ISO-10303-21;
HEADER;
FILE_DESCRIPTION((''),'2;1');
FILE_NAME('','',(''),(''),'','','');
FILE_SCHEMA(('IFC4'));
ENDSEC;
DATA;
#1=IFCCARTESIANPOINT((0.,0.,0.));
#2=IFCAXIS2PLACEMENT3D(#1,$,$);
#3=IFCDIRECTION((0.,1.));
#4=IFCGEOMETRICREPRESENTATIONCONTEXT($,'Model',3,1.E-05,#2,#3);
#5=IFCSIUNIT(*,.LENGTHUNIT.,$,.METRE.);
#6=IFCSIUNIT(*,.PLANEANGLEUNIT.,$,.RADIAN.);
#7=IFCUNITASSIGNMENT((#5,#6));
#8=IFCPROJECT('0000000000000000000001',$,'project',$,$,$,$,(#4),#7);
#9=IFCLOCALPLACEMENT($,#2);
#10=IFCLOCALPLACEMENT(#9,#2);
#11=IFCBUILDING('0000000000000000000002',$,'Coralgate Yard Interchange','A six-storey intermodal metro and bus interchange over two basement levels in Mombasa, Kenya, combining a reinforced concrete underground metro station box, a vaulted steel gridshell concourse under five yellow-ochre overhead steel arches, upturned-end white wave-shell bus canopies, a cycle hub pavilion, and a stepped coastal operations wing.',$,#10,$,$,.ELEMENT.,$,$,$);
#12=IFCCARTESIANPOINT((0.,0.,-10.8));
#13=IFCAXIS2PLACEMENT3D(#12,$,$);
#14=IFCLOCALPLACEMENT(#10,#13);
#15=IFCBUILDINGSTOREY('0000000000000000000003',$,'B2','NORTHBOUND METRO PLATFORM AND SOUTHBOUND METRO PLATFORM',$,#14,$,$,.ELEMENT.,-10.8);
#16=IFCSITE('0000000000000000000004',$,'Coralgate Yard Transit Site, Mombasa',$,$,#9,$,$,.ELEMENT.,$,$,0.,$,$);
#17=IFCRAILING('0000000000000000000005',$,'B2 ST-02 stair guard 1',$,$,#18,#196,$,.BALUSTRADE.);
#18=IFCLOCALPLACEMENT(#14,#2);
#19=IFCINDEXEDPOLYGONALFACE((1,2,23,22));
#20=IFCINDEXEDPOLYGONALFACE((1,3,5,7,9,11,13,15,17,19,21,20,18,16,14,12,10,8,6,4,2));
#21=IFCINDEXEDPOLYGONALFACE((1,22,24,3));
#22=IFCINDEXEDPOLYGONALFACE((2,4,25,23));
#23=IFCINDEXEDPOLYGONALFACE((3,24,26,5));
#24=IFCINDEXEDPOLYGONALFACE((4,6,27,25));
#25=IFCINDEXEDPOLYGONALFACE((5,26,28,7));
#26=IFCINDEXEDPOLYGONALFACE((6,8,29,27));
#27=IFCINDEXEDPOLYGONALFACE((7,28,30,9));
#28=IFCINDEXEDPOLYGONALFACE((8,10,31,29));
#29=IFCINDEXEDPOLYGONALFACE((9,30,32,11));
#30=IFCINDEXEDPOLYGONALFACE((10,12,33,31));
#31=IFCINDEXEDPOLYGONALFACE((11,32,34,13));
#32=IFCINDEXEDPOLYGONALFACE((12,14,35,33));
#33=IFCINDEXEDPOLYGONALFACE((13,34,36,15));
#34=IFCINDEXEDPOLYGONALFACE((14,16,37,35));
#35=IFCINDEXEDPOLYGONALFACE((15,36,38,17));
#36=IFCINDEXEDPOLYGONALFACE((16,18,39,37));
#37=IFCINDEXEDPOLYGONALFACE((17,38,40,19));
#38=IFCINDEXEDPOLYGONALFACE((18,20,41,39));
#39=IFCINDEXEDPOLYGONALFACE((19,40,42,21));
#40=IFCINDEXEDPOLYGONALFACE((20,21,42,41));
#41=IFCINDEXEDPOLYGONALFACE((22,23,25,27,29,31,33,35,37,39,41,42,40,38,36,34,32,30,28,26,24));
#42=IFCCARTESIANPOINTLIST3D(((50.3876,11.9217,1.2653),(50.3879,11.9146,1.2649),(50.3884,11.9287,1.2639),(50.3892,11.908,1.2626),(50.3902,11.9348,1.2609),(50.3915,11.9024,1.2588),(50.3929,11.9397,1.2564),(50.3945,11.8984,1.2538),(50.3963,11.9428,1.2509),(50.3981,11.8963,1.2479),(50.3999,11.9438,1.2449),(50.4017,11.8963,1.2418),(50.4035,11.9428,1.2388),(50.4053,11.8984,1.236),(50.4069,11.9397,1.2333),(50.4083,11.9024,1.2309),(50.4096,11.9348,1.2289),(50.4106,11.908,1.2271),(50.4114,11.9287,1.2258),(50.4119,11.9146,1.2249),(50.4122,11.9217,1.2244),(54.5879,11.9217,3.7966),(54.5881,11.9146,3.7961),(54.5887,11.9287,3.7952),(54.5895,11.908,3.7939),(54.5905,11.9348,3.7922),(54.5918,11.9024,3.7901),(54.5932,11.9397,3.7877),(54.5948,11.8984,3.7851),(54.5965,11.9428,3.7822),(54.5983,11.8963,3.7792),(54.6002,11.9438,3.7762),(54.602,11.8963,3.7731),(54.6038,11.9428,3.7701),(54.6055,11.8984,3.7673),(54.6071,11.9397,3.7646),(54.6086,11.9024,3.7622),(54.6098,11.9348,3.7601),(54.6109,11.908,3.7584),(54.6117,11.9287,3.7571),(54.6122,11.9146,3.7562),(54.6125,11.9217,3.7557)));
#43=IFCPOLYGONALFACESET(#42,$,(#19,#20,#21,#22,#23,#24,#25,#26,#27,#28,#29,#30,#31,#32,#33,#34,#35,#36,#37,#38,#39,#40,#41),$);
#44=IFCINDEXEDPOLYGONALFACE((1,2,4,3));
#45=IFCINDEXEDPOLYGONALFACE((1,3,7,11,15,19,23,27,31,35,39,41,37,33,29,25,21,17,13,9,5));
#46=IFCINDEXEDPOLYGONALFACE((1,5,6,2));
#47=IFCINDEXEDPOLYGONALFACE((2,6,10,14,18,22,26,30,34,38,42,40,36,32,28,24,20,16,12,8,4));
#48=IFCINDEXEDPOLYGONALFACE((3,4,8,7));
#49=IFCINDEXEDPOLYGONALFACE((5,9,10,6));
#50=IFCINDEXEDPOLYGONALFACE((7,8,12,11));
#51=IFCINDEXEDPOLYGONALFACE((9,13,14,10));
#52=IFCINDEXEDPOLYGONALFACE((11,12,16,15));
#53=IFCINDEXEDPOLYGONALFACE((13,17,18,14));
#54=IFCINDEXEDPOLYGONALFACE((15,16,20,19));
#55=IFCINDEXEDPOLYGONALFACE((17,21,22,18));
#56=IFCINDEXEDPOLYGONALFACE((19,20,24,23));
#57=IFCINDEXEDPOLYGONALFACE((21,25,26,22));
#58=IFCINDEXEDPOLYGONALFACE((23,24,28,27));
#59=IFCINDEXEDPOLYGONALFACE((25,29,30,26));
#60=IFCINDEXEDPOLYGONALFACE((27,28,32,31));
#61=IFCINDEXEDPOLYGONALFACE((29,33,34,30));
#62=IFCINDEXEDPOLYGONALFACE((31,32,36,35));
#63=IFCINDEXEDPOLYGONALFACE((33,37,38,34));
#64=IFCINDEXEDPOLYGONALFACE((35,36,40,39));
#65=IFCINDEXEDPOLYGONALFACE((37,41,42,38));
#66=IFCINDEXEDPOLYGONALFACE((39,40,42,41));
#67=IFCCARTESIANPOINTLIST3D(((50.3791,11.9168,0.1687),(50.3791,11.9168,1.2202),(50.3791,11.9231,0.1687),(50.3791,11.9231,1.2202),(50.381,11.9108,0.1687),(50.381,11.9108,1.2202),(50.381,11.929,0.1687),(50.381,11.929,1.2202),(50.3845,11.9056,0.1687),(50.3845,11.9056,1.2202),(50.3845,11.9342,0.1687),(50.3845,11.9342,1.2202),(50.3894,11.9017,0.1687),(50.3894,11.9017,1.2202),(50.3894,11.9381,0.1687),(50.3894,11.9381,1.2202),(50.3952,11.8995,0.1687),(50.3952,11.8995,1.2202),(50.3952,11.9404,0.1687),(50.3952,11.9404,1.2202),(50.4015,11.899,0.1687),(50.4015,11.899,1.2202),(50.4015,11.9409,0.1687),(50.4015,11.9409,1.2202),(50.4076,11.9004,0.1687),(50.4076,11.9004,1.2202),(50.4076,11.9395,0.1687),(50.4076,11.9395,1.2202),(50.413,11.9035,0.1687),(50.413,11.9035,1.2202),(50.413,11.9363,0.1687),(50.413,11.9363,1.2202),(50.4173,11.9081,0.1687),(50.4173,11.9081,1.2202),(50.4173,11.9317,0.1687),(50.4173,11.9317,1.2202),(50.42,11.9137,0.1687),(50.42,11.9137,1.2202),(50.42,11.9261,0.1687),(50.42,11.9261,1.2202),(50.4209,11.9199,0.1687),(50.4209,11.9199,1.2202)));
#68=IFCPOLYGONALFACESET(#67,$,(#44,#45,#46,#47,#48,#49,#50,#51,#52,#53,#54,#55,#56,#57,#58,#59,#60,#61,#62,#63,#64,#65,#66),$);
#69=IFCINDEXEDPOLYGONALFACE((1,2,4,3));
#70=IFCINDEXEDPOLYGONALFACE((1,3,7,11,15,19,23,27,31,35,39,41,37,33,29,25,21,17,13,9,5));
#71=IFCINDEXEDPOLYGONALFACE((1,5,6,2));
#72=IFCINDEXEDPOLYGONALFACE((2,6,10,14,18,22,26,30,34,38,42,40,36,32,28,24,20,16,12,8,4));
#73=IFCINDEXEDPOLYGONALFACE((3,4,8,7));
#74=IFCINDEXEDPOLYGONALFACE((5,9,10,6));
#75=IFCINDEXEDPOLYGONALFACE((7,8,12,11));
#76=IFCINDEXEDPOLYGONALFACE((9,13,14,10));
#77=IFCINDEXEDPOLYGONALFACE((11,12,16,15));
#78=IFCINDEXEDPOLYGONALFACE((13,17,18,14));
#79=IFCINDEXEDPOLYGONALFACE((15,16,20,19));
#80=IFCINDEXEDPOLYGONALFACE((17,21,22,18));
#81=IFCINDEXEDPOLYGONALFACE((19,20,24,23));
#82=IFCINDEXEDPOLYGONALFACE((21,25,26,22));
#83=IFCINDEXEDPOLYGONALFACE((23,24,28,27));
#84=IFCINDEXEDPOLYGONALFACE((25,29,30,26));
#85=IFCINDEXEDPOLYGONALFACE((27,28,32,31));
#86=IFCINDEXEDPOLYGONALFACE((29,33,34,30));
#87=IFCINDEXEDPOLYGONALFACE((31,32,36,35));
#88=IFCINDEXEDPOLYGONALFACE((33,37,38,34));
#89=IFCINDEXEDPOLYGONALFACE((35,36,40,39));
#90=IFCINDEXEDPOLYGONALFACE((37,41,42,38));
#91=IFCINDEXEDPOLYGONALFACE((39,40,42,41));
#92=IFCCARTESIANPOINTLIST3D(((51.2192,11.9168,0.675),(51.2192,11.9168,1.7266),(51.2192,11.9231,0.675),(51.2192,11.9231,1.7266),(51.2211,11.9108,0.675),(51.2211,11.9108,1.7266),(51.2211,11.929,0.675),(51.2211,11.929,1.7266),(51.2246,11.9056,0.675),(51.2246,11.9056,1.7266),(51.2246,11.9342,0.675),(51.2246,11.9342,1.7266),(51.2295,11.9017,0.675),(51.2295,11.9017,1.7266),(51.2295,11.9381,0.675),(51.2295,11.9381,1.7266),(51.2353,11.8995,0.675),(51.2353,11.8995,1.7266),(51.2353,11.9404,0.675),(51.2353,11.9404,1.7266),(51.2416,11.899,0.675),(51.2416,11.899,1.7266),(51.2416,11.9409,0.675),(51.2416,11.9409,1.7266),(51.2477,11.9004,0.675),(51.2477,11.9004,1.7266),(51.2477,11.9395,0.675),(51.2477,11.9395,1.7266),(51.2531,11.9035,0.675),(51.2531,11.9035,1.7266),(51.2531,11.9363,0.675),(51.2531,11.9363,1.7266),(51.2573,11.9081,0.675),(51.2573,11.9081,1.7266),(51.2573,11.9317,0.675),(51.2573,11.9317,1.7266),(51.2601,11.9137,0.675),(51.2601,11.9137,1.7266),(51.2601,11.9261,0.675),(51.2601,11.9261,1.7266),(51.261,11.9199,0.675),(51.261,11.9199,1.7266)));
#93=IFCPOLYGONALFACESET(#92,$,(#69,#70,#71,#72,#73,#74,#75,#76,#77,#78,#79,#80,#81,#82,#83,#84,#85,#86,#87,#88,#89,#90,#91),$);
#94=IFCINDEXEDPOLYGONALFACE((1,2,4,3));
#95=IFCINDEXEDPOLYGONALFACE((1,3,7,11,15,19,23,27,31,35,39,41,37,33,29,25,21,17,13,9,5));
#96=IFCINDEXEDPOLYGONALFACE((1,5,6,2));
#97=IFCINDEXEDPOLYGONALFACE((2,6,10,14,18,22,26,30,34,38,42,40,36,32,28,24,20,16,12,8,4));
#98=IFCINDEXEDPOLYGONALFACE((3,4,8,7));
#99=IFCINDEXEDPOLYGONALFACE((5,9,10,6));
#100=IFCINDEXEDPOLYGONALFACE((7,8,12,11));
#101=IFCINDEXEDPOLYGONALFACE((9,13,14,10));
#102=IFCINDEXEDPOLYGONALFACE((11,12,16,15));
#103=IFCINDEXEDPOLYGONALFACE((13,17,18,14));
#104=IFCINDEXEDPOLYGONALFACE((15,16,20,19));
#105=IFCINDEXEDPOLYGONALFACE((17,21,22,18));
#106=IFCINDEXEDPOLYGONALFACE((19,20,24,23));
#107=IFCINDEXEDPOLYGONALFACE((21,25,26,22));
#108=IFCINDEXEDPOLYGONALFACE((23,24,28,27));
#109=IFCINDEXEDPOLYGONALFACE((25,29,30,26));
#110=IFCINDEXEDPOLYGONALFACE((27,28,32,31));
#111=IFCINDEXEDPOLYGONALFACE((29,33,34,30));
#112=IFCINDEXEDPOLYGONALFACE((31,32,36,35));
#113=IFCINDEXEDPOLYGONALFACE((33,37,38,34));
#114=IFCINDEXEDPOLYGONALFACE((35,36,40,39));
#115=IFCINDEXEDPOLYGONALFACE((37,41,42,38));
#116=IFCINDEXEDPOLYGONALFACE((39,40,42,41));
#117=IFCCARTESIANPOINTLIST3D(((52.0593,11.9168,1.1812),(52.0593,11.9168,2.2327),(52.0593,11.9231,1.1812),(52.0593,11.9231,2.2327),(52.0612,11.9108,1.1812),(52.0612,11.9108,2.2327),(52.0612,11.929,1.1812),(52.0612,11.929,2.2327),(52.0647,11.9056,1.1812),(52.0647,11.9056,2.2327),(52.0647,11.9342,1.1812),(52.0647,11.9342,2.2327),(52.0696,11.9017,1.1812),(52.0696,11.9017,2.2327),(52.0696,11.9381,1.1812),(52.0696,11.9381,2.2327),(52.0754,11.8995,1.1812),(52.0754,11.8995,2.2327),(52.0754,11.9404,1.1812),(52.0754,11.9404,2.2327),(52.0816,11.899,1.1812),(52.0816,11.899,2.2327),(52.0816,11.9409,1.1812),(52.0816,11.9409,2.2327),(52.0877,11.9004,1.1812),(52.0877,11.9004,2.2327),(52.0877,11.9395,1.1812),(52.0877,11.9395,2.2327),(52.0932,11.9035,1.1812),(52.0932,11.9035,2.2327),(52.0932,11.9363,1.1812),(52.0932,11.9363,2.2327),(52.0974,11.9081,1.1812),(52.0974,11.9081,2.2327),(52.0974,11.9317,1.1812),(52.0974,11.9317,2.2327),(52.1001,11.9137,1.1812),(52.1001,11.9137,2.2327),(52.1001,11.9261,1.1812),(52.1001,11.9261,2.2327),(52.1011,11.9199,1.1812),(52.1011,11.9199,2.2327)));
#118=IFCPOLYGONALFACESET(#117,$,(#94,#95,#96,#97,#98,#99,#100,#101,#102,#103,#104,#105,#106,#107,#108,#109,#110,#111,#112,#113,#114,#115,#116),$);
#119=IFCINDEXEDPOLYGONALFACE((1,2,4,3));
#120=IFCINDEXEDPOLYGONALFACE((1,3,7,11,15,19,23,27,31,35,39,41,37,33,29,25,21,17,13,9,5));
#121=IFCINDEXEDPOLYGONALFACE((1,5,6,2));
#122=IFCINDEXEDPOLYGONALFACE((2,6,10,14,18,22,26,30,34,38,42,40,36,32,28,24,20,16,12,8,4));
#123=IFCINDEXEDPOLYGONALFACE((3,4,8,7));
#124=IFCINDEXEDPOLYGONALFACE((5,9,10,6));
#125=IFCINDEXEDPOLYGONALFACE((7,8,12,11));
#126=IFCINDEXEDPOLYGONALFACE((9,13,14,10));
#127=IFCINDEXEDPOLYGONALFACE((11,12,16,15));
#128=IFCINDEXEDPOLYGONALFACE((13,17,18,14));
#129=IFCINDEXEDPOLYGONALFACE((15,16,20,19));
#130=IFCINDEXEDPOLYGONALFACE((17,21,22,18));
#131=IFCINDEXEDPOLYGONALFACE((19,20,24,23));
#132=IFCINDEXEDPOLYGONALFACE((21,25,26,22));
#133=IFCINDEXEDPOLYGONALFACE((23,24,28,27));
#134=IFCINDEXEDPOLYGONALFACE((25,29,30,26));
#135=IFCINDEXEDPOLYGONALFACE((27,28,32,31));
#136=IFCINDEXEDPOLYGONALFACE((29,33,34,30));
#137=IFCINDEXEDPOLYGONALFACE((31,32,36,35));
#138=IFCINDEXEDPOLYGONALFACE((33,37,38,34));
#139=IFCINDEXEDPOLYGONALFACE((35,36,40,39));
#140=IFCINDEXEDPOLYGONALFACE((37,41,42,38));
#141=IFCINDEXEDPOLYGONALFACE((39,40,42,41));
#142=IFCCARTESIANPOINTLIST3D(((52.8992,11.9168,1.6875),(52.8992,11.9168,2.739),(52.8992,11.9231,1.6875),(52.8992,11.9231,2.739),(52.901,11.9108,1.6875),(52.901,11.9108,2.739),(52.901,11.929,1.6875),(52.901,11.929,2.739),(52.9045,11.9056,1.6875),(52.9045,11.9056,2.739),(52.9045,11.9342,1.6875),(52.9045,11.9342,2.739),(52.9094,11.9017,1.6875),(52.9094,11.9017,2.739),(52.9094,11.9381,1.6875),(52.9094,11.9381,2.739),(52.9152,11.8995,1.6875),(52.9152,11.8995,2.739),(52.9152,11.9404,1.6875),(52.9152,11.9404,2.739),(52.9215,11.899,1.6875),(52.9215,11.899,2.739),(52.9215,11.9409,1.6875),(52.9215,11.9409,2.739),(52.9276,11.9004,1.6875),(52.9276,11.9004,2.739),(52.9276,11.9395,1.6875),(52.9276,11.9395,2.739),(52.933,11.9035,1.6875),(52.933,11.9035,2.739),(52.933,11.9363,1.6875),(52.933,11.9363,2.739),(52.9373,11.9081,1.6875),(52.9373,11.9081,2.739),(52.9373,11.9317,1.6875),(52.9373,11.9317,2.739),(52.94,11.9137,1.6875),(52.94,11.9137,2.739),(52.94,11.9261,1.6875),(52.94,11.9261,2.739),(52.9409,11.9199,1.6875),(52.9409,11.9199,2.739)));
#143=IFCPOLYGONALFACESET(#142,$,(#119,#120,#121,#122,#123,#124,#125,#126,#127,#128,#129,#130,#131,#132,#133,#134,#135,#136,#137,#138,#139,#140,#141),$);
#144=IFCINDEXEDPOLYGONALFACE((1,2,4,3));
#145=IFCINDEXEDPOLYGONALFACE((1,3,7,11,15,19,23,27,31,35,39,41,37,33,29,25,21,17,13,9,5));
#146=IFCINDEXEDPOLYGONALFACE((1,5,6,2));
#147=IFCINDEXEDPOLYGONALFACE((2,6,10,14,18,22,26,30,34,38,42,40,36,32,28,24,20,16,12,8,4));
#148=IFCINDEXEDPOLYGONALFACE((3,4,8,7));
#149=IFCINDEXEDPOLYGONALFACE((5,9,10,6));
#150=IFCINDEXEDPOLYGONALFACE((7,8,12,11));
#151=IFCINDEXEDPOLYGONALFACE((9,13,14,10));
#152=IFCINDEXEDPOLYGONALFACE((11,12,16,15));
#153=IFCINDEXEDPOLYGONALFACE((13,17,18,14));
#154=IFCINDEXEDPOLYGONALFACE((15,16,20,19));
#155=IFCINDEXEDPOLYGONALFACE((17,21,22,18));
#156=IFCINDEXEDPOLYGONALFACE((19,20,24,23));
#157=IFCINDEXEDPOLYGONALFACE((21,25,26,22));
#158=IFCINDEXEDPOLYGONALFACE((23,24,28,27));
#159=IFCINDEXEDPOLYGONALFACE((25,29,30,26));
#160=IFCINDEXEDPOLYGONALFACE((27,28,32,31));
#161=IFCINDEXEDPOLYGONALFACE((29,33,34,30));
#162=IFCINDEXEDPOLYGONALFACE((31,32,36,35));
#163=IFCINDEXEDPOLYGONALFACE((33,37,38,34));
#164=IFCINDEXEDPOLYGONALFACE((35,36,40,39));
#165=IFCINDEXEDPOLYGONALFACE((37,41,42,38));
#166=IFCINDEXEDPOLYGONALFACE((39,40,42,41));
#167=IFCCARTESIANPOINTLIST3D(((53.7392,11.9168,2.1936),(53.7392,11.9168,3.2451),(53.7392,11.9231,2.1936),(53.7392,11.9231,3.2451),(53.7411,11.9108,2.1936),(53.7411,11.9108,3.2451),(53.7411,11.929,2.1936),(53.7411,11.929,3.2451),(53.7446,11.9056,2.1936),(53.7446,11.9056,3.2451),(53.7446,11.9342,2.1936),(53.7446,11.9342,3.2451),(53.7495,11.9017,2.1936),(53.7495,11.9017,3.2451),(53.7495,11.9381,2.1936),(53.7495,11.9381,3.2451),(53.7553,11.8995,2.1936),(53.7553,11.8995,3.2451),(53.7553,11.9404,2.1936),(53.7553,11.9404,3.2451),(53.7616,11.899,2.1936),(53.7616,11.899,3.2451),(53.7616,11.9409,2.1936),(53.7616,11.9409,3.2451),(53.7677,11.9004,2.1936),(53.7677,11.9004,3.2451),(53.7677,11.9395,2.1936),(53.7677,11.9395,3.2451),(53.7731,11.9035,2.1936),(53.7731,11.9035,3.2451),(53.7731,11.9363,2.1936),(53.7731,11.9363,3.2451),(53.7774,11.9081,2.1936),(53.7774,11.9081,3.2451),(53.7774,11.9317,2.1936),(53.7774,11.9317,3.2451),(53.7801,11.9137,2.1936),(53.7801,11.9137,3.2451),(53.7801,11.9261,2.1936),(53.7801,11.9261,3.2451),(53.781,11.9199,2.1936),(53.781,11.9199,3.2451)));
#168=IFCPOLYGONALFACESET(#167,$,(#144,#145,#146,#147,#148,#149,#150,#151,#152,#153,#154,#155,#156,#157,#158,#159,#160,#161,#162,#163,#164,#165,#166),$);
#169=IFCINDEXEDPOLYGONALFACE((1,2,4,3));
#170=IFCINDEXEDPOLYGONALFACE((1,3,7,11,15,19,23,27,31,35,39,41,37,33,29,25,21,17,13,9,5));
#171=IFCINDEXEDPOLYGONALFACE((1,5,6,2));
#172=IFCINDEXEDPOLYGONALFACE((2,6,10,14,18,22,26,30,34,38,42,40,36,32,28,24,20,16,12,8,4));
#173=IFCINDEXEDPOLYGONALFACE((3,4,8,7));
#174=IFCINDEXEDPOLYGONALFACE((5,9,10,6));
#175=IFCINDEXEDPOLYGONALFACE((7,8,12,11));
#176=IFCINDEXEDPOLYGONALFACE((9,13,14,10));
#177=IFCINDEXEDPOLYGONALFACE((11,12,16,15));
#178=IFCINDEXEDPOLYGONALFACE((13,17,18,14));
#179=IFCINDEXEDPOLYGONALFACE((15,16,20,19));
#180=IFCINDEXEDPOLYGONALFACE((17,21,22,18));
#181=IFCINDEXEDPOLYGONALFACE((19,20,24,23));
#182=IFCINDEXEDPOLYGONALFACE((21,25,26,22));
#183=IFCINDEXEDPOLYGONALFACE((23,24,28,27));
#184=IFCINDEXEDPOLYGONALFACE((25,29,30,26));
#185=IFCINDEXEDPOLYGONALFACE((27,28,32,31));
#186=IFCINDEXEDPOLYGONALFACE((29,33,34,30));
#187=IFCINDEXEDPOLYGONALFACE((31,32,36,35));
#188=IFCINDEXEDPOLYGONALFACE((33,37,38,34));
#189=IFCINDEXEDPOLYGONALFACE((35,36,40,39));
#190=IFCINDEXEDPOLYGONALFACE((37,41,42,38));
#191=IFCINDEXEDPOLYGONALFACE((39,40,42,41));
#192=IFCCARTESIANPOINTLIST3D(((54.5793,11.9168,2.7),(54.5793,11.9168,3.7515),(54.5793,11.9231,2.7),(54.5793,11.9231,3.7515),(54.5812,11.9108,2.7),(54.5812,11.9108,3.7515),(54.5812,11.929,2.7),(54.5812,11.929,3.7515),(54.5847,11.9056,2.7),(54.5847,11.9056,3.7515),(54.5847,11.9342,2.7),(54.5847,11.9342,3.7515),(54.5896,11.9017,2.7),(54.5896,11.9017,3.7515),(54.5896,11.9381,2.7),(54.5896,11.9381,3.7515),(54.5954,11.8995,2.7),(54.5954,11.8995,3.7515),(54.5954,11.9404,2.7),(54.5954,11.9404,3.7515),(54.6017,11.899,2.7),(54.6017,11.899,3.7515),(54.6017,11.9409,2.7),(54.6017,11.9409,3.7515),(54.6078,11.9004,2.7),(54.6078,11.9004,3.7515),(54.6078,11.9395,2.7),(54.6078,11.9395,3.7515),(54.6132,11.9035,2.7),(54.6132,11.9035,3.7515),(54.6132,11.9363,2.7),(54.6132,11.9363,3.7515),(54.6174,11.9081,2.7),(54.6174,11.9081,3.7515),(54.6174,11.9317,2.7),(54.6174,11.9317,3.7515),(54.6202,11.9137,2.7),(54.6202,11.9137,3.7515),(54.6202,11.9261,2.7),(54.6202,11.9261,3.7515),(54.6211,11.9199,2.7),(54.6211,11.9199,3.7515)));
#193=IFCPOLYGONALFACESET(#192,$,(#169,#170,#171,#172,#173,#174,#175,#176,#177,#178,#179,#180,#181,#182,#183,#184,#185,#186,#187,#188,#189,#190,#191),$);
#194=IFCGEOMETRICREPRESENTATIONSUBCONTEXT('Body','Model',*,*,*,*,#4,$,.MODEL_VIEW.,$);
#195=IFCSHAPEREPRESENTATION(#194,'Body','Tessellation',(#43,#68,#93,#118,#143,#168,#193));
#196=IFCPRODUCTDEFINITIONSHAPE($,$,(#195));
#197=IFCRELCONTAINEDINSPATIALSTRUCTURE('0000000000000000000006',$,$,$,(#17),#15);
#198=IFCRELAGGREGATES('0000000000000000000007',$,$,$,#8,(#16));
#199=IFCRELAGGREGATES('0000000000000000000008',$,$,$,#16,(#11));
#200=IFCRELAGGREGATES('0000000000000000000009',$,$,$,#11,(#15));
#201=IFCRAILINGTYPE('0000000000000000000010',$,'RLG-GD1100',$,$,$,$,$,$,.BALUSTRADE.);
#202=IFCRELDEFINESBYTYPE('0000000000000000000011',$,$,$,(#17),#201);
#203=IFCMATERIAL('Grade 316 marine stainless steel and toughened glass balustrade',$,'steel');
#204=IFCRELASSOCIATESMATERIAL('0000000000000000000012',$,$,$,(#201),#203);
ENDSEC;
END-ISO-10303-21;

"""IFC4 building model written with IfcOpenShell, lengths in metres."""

from ifc_helpers import new_model, si_unit, direction, frame, origin, origin_2d, place, context, subcontext, project, spatial, circle, extrude, material, type_object, element, save


model = new_model("IFC4")

# Units and contexts
model_context = context("Model", 3, precision=1e-05, world=origin(), true_north=direction((0.0, 1.0)))
body_context = subcontext(model_context, "Body", "Model", "MODEL_VIEW")
ifc_project = project(units=[si_unit("LENGTHUNIT", "METRE"), si_unit("PLANEANGLEUNIT", "RADIAN")], contexts=[model_context])

# Site, building, storey
site_placement = place(None, origin())
site = spatial("IfcSite", under=ifc_project, at=site_placement, Name="Coralgate Yard Transit Site, Mombasa", CompositionType="ELEMENT", RefElevation=0.0)
building_placement = place(site_placement, origin())
building = spatial("IfcBuilding", under=site, at=building_placement, Name="Coralgate Yard Interchange", Description="A six-storey intermodal metro and bus interchange over two basement levels in Mombasa, Kenya, combining a reinforced concrete underground metro station box, a vaulted steel gridshell concourse under five yellow-ochre overhead steel arches, upturned-end white wave-shell bus canopies, a cycle hub pavilion, and a stepped coastal operations wing.", CompositionType="ELEMENT")
storey_placement = place(building_placement, frame((0.0, 0.0, -10.8)))
storey = spatial("IfcBuildingStorey", under=building, at=storey_placement, Name="B2", Description="NORTHBOUND METRO PLATFORM AND SOUTHBOUND METRO PLATFORM", CompositionType="ELEMENT", Elevation=-10.8)

# Railing
ifc_material_1 = material(Name="Grade 316 marine stainless steel and toughened glass balustrade", Category="steel")
railing_type_1 = type_object("IfcRailingType", Name="RLG-GD1100", PredefinedType="BALUSTRADE", material=ifc_material_1)
railing_1_placement = place(storey_placement, frame((50.3999, 11.9199, 0.1687)))
element("IfcRailing", 1, at=railing_1_placement, inside=storey, type_object=railing_type_1, Name="B2 ST-02 stair guard 1", PredefinedType="BALUSTRADE", context=body_context, shape_type="SweptSolid", body=[
    extrude(circle(Radius=0.0239, at=origin_2d()), frame((0.0, 0.0, 1.0762), z_axis=(0.85649, 0.0, 0.516164), x_axis=(0.0, 1.0, 0.0)), (0.0, 0.0, 1.0), 4.9041),
    extrude(circle(Radius=0.021, at=origin_2d()), origin(), (0.0, 0.0, 1.0), 1.0515),
    extrude(circle(Radius=0.021, at=origin_2d()), frame((0.8401, 0.0, 0.5063)), (0.0, 0.0, 1.0), 1.0515),
    extrude(circle(Radius=0.021, at=origin_2d()), frame((1.6802, 0.0, 1.0125)), (0.0, 0.0, 1.0), 1.0515),
    extrude(circle(Radius=0.021, at=origin_2d()), frame((2.52, 0.0, 1.5188)), (0.0, 0.0, 1.0), 1.0515),
    extrude(circle(Radius=0.021, at=origin_2d()), frame((3.3601, 0.0, 2.0249)), (0.0, 0.0, 1.0), 1.0515),
    extrude(circle(Radius=0.021, at=origin_2d()), frame((4.2002, 0.0, 2.5312)), (0.0, 0.0, 1.0), 1.0515),
])

save(model, "model.ifc")
